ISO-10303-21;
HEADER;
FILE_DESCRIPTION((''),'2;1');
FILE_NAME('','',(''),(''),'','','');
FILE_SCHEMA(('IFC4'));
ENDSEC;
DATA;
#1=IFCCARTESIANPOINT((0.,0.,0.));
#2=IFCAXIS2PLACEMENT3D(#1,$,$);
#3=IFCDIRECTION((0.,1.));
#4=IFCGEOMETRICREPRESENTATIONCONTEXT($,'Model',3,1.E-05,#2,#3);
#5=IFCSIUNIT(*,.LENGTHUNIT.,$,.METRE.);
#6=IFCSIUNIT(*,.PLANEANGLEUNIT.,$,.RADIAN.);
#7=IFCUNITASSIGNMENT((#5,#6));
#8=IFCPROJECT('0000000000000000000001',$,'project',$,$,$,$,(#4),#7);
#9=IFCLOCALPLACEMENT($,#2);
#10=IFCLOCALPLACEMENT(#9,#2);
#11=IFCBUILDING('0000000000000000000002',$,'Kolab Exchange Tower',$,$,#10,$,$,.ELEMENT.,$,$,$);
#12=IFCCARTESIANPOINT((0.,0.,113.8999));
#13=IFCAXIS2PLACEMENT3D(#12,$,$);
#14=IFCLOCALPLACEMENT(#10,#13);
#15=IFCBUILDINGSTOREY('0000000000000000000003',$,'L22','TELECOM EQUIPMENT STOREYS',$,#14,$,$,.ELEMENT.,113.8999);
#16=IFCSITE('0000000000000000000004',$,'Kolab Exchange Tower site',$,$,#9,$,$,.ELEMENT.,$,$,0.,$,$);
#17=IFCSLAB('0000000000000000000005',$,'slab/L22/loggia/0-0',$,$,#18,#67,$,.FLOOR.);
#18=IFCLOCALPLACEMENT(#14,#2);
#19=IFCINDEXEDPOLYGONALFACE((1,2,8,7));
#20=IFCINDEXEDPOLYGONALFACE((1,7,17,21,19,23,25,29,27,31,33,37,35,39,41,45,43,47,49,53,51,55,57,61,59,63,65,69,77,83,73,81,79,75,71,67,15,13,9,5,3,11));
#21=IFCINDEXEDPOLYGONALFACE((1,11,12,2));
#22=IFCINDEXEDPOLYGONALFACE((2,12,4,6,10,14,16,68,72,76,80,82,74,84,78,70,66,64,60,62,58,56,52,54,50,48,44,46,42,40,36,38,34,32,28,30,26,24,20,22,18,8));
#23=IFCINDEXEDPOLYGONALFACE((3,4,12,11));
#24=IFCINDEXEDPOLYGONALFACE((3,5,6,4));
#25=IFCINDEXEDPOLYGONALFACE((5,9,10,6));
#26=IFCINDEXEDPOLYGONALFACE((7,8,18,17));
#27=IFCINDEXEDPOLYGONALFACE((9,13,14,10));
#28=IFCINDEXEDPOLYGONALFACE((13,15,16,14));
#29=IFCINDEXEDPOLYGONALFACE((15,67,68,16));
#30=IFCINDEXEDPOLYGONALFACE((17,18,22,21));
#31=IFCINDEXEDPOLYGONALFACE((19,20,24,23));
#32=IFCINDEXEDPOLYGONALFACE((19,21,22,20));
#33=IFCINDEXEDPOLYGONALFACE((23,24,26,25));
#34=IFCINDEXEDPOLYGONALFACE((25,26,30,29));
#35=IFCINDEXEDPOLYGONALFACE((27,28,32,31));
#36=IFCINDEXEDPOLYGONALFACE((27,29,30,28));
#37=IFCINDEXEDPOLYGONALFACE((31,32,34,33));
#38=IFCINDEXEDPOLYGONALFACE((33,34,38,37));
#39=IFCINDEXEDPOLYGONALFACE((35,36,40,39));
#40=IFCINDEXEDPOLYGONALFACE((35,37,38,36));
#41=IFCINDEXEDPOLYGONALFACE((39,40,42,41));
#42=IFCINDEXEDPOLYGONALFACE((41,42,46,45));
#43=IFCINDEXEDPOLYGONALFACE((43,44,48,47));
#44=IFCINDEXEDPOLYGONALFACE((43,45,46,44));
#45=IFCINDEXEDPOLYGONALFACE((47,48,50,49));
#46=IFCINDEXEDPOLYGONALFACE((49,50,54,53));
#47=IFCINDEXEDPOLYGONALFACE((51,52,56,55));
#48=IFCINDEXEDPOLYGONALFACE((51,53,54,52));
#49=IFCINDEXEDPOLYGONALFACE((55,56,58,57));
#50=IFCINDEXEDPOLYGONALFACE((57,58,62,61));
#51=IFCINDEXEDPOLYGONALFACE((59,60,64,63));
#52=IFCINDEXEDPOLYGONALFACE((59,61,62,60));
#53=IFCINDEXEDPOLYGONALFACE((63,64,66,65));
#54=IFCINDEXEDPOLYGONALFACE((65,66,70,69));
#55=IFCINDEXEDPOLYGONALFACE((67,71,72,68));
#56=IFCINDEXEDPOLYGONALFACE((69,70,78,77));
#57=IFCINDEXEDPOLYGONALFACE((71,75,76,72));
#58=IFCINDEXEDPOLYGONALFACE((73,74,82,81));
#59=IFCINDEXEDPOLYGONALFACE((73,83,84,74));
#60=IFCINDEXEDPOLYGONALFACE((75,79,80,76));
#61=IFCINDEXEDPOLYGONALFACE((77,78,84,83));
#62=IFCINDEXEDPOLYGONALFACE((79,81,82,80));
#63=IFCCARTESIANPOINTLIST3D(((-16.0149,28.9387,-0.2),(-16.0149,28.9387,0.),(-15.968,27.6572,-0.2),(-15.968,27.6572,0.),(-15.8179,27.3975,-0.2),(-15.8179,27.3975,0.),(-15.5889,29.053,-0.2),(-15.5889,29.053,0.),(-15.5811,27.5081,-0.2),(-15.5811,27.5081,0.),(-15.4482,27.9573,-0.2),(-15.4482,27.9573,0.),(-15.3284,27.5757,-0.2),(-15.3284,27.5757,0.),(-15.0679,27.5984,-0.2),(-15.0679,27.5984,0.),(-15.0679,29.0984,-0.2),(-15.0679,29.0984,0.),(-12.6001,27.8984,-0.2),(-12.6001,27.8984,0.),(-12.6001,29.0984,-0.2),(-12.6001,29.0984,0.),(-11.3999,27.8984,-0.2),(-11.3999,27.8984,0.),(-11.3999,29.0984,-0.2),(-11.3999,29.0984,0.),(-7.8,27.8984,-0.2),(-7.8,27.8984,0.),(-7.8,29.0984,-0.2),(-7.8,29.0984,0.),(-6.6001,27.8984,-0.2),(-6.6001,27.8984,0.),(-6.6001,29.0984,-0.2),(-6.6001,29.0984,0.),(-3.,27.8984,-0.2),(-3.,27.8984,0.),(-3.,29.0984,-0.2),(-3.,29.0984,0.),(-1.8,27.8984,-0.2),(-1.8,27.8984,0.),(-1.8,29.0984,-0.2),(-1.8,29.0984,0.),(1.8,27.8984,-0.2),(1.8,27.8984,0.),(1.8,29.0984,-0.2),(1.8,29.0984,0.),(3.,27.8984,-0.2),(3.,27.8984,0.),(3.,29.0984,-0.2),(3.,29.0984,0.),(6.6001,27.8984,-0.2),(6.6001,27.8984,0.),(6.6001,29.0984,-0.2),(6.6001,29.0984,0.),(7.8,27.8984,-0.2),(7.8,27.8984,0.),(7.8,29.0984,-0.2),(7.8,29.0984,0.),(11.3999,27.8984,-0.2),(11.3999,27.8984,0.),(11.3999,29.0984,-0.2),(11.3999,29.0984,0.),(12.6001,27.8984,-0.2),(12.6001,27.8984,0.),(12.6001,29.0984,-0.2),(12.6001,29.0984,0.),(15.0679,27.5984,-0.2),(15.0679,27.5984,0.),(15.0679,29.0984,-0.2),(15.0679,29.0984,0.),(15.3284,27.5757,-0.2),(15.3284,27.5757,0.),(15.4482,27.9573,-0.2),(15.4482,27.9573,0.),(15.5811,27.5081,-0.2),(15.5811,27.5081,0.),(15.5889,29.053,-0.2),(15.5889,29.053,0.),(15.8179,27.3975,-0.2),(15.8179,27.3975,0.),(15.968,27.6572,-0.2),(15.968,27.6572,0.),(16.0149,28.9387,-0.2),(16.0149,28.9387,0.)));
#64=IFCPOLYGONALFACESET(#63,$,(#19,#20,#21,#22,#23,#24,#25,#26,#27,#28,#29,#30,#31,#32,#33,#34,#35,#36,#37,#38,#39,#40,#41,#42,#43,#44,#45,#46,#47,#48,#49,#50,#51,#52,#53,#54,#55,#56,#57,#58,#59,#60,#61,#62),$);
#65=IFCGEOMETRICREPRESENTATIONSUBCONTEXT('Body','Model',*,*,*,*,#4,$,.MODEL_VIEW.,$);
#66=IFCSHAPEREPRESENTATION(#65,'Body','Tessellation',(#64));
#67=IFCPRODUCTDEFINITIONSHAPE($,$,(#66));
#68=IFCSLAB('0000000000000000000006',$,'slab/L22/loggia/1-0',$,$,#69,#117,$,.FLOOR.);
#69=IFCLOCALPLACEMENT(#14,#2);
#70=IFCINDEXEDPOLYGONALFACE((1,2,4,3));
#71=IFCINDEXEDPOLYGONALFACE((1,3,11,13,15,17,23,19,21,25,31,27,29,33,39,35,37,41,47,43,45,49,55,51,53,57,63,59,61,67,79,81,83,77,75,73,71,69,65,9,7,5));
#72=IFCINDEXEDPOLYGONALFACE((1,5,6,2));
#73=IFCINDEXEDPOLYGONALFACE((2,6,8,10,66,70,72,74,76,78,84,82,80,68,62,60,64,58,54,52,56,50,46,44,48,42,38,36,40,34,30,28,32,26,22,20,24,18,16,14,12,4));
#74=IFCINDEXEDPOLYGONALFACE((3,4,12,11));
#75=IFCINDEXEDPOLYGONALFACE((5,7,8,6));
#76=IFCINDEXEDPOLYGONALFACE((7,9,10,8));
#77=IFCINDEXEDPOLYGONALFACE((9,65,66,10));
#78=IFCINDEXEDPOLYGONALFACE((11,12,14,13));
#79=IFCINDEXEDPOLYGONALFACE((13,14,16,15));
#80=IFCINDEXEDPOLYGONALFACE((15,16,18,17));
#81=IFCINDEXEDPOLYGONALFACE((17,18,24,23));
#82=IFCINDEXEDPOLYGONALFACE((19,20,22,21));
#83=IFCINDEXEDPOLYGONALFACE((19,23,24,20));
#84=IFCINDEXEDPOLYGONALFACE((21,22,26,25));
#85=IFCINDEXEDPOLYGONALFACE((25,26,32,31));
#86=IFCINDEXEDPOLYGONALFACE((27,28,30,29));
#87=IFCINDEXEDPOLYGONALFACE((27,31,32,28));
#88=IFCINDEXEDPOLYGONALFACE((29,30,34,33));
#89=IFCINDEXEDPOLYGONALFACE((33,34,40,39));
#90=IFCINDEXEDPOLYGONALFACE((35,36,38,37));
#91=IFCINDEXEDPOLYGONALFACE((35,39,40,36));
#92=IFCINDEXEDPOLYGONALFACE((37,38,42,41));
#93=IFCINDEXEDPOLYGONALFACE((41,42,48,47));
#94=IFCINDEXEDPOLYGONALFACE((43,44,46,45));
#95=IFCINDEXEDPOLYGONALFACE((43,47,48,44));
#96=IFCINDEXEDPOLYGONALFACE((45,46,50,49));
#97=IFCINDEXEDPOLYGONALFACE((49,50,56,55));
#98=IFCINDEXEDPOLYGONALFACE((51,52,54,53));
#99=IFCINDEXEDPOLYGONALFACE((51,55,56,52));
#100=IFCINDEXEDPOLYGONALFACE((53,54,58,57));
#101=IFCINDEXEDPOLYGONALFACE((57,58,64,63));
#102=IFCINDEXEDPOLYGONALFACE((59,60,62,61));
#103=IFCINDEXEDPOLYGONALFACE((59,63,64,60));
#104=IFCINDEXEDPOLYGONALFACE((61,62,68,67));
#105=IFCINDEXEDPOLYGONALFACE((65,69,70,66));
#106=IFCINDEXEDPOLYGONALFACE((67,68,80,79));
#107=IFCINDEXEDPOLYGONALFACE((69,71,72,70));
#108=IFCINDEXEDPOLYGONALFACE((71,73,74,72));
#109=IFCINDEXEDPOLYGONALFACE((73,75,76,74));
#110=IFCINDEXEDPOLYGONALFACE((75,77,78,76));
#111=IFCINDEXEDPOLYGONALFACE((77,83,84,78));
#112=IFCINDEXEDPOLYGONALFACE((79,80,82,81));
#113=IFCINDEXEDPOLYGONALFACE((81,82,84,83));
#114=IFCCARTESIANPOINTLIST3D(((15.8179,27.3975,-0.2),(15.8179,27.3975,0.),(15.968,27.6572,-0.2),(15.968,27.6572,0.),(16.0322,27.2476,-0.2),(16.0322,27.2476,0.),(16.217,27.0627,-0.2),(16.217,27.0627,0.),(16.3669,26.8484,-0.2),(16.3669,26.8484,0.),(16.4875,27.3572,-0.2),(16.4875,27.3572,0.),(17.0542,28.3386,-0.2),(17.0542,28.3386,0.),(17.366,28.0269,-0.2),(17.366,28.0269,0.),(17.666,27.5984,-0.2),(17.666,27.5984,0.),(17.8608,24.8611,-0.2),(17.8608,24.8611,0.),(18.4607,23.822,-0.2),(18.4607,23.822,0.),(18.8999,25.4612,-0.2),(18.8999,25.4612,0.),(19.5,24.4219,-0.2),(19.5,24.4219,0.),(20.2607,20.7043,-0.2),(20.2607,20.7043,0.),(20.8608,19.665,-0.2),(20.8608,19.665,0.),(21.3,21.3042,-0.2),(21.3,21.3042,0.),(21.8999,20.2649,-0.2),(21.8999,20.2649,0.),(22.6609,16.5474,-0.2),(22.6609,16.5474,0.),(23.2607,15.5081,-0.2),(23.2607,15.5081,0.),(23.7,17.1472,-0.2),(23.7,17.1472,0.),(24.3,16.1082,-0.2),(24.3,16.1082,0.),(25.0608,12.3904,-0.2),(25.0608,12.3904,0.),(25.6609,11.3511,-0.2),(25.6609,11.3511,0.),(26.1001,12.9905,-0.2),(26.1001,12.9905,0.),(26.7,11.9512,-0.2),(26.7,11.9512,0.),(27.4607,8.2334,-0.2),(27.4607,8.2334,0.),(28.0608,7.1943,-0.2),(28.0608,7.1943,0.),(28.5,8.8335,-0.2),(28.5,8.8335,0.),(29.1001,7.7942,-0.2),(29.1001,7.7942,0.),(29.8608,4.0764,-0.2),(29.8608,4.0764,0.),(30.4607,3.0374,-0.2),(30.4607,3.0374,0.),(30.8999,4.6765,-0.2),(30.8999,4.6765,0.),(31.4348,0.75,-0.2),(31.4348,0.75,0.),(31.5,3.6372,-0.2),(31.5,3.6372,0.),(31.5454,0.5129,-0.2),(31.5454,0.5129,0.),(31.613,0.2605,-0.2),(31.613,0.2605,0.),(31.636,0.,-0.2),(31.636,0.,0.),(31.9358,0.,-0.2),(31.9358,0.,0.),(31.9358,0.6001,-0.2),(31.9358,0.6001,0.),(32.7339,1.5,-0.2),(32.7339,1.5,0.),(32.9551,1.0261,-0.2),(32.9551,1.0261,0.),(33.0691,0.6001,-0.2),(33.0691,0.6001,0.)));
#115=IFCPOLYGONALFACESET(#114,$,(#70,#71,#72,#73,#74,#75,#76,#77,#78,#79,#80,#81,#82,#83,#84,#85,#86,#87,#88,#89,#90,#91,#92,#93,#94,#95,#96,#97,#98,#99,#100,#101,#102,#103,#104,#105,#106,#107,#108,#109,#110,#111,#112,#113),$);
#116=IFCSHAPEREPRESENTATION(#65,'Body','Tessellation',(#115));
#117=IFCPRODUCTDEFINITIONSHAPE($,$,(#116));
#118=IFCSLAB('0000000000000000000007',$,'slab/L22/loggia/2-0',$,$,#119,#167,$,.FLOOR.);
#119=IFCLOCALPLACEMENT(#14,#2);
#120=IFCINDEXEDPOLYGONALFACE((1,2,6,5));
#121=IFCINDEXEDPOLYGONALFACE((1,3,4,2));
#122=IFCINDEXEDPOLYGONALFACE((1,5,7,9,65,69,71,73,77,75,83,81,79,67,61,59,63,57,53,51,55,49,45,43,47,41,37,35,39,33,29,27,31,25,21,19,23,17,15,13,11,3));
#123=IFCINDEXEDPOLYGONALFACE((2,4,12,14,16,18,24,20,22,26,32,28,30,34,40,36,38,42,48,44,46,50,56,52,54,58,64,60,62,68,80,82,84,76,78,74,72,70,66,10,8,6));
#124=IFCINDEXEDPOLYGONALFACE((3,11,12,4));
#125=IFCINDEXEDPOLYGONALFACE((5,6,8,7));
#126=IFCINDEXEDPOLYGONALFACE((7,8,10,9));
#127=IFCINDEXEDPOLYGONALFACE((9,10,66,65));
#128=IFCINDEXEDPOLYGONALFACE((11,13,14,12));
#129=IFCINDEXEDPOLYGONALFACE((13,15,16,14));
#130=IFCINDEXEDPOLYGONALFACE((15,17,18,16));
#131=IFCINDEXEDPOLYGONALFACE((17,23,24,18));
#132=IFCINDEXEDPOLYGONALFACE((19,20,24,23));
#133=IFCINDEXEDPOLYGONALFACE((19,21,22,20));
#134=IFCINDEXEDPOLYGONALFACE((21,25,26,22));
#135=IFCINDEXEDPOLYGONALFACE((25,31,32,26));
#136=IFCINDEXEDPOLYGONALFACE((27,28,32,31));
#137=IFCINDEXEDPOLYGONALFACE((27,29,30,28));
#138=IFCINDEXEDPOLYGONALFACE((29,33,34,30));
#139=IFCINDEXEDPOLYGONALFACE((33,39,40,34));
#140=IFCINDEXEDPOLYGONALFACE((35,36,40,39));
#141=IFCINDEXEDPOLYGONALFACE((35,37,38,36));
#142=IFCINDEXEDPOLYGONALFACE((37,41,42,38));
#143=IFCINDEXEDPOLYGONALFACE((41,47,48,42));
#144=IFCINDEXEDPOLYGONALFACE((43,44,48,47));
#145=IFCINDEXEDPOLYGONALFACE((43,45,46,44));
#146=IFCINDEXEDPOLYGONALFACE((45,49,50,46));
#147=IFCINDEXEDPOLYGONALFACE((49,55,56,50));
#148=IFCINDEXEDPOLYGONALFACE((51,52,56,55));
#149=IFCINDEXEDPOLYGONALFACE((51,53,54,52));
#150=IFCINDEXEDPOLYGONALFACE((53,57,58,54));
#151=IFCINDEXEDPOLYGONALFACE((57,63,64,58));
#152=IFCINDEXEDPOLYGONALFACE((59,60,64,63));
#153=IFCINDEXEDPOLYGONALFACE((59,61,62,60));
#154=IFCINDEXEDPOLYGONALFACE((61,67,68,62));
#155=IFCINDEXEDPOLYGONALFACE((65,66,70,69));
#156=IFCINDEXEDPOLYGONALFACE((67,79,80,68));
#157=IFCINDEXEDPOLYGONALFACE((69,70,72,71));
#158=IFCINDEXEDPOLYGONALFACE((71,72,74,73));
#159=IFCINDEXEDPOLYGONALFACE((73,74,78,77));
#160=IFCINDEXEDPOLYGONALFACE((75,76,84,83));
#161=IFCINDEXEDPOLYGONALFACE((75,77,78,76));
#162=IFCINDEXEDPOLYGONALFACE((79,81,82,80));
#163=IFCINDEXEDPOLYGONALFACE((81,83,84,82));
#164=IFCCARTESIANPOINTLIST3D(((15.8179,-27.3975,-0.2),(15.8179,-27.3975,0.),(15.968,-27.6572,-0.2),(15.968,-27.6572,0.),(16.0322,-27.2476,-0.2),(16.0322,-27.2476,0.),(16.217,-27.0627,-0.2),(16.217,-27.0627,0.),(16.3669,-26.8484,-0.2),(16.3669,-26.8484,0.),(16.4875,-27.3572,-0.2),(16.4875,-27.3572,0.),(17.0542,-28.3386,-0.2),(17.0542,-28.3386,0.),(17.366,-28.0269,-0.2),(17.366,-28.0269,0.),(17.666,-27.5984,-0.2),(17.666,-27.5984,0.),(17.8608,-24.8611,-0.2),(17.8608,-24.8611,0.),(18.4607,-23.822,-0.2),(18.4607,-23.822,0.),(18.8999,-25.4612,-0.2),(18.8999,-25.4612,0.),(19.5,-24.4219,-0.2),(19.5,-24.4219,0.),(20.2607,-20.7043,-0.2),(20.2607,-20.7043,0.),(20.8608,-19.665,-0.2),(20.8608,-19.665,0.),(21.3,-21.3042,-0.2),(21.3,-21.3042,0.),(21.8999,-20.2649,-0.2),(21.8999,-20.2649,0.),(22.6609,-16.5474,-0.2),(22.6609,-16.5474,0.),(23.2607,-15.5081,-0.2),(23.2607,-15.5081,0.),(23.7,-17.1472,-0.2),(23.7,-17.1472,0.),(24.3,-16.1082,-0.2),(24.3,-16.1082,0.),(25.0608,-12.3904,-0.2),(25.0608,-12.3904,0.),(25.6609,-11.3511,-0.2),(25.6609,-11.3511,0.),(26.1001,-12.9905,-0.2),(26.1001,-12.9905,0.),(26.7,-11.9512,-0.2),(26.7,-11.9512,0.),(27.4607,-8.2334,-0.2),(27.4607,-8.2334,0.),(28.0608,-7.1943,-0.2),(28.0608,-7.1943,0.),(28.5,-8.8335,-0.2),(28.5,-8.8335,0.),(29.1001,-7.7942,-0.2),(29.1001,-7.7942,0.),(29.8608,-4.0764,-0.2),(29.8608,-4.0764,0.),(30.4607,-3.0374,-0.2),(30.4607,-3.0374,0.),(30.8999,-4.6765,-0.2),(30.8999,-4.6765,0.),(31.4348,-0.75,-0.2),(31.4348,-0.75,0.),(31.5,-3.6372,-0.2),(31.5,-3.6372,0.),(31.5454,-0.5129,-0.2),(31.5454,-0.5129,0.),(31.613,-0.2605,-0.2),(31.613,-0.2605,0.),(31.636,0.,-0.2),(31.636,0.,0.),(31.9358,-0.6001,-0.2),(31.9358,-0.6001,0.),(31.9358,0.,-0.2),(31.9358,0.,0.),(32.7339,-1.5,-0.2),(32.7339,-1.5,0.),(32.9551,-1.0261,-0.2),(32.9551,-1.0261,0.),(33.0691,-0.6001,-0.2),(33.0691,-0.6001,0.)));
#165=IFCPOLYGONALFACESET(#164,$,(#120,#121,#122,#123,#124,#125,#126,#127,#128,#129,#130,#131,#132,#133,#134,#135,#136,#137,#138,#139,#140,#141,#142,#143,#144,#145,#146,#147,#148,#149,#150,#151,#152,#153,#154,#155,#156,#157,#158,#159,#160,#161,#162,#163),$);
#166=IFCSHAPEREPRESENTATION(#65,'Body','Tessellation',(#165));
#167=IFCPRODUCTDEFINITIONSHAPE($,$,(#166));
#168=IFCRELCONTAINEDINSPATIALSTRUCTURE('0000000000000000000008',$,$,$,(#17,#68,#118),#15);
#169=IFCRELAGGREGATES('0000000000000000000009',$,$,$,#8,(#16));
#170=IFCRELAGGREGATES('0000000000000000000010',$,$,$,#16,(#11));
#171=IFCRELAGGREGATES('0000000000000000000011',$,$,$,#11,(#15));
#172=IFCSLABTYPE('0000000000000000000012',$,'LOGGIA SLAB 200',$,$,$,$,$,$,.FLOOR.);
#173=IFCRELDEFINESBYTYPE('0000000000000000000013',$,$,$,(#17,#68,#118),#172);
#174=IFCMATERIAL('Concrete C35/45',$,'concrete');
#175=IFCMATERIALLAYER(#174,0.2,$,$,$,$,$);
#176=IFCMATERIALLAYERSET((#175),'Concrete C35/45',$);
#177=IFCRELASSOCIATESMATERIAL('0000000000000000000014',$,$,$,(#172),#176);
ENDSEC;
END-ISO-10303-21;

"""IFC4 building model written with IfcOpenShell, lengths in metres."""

from ifc_helpers import new_model, si_unit, direction, frame, origin, place, context, subcontext, project, spatial, polyline, outline, extrude, material, layer, layer_set, type_object, element, save


model = new_model("IFC4")

# Units and contexts
model_context = context("Model", 3, precision=1e-05, world=origin(), true_north=direction((0.0, 1.0)))
body_context = subcontext(model_context, "Body", "Model", "MODEL_VIEW")
ifc_project = project(units=[si_unit("LENGTHUNIT", "METRE"), si_unit("PLANEANGLEUNIT", "RADIAN")], contexts=[model_context])

# Site, building, storey
site_placement = place(None, origin())
site = spatial("IfcSite", under=ifc_project, at=site_placement, Name="Kolab Exchange Tower site", CompositionType="ELEMENT", RefElevation=0.0)
building_placement = place(site_placement, origin())
building = spatial("IfcBuilding", under=site, at=building_placement, Name="Kolab Exchange Tower", CompositionType="ELEMENT")
storey_placement = place(building_placement, frame((0.0, 0.0, 113.8999)))
storey = spatial("IfcBuildingStorey", under=building, at=storey_placement, Name="L22", Description="TELECOM EQUIPMENT STOREYS", CompositionType="ELEMENT", Elevation=113.8999)

# Slabs
ifc_material_1 = material(Name="Concrete C35/45", Category="concrete")
ifc_layer_1 = layer(ifc_material_1, 0.2)
ifc_layer_set_1 = layer_set([ifc_layer_1], Name="Concrete C35/45")
slab_type_1 = type_object("IfcSlabType", Name="LOGGIA SLAB 200", PredefinedType="FLOOR", material=ifc_layer_set_1)
slab_1_placement = place(storey_placement, frame((0.0, 0.0, -0.2)))
element("IfcSlab", 1, at=slab_1_placement, inside=storey, type_object=slab_type_1, Name="slab/L22/loggia/0-0", PredefinedType="FLOOR", context=body_context, shape_type="SweptSolid", body=[
    extrude(outline(polyline([(15.8179, 27.3975), (15.968, 27.6572), (15.4482, 27.9573), (16.0149, 28.9387), (15.5889, 29.053), (15.0679, 29.0984), (12.6001, 29.0984), (12.6001, 27.8984), (11.3999, 27.8984), (11.3999, 29.0984), (7.8, 29.0984), (7.8, 27.8984), (6.6001, 27.8984), (6.6001, 29.0984), (3.0, 29.0984), (3.0, 27.8984), (1.8, 27.8984), (1.8, 29.0984), (-1.8, 29.0984), (-1.8, 27.8984), (-3.0, 27.8984), (-3.0, 29.0984), (-6.6001, 29.0984), (-6.6001, 27.8984), (-7.8, 27.8984), (-7.8, 29.0984), (-11.3999, 29.0984), (-11.3999, 27.8984), (-12.6001, 27.8984), (-12.6001, 29.0984), (-15.0679, 29.0984), (-15.5889, 29.053), (-16.0149, 28.9387), (-15.4482, 27.9573), (-15.968, 27.6572), (-15.8179, 27.3975), (-15.5811, 27.5081), (-15.3284, 27.5757), (-15.0679, 27.5984), (15.0679, 27.5984), (15.3284, 27.5757), (15.5811, 27.5081), (15.8179, 27.3975)])), origin(), (0.0, 0.0, 1.0), 0.2),
])
slab_2_placement = place(storey_placement, frame((0.0, 0.0, -0.2)))
element("IfcSlab", 2, at=slab_2_placement, inside=storey, type_object=slab_type_1, Name="slab/L22/loggia/1-0", PredefinedType="FLOOR", context=body_context, shape_type="SweptSolid", body=[
    extrude(outline(polyline([(31.636, 0.0), (31.9358, 0.0), (31.9358, 0.6001), (33.0691, 0.6001), (32.9551, 1.0261), (32.7339, 1.5), (31.5, 3.6372), (30.4607, 3.0374), (29.8608, 4.0764), (30.8999, 4.6765), (29.1001, 7.7942), (28.0608, 7.1943), (27.4607, 8.2334), (28.5, 8.8335), (26.7, 11.9512), (25.6609, 11.3511), (25.0608, 12.3904), (26.1001, 12.9905), (24.3, 16.1082), (23.2607, 15.5081), (22.6609, 16.5474), (23.7, 17.1472), (21.8999, 20.2649), (20.8608, 19.665), (20.2607, 20.7043), (21.3, 21.3042), (19.5, 24.4219), (18.4607, 23.822), (17.8608, 24.8611), (18.8999, 25.4612), (17.666, 27.5984), (17.366, 28.0269), (17.0542, 28.3386), (16.4875, 27.3572), (15.968, 27.6572), (15.8179, 27.3975), (16.0322, 27.2476), (16.217, 27.0627), (16.3669, 26.8484), (31.4348, 0.75), (31.5454, 0.5129), (31.613, 0.2605), (31.636, 0.0)])), origin(), (0.0, 0.0, 1.0), 0.2),
])
slab_3_placement = place(storey_placement, frame((0.0, 0.0, -0.2)))
element("IfcSlab", 3, at=slab_3_placement, inside=storey, type_object=slab_type_1, Name="slab/L22/loggia/2-0", PredefinedType="FLOOR", context=body_context, shape_type="SweptSolid", body=[
    extrude(outline(polyline([(17.666, -27.5984), (18.8999, -25.4612), (17.8608, -24.8611), (18.4607, -23.822), (19.5, -24.4219), (21.3, -21.3042), (20.2607, -20.7043), (20.8608, -19.665), (21.8999, -20.2649), (23.7, -17.1472), (22.6609, -16.5474), (23.2607, -15.5081), (24.3, -16.1082), (26.1001, -12.9905), (25.0608, -12.3904), (25.6609, -11.3511), (26.7, -11.9512), (28.5, -8.8335), (27.4607, -8.2334), (28.0608, -7.1943), (29.1001, -7.7942), (30.8999, -4.6765), (29.8608, -4.0764), (30.4607, -3.0374), (31.5, -3.6372), (32.7339, -1.5), (32.9551, -1.0261), (33.0691, -0.6001), (31.9358, -0.6001), (31.9358, 0.0), (31.636, 0.0), (31.613, -0.2605), (31.5454, -0.5129), (31.4348, -0.75), (16.3669, -26.8484), (16.217, -27.0627), (16.0322, -27.2476), (15.8179, -27.3975), (15.968, -27.6572), (16.4875, -27.3572), (17.0542, -28.3386), (17.366, -28.0269), (17.666, -27.5984)])), origin(), (0.0, 0.0, 1.0), 0.2),
])

save(model, "model.ifc")
